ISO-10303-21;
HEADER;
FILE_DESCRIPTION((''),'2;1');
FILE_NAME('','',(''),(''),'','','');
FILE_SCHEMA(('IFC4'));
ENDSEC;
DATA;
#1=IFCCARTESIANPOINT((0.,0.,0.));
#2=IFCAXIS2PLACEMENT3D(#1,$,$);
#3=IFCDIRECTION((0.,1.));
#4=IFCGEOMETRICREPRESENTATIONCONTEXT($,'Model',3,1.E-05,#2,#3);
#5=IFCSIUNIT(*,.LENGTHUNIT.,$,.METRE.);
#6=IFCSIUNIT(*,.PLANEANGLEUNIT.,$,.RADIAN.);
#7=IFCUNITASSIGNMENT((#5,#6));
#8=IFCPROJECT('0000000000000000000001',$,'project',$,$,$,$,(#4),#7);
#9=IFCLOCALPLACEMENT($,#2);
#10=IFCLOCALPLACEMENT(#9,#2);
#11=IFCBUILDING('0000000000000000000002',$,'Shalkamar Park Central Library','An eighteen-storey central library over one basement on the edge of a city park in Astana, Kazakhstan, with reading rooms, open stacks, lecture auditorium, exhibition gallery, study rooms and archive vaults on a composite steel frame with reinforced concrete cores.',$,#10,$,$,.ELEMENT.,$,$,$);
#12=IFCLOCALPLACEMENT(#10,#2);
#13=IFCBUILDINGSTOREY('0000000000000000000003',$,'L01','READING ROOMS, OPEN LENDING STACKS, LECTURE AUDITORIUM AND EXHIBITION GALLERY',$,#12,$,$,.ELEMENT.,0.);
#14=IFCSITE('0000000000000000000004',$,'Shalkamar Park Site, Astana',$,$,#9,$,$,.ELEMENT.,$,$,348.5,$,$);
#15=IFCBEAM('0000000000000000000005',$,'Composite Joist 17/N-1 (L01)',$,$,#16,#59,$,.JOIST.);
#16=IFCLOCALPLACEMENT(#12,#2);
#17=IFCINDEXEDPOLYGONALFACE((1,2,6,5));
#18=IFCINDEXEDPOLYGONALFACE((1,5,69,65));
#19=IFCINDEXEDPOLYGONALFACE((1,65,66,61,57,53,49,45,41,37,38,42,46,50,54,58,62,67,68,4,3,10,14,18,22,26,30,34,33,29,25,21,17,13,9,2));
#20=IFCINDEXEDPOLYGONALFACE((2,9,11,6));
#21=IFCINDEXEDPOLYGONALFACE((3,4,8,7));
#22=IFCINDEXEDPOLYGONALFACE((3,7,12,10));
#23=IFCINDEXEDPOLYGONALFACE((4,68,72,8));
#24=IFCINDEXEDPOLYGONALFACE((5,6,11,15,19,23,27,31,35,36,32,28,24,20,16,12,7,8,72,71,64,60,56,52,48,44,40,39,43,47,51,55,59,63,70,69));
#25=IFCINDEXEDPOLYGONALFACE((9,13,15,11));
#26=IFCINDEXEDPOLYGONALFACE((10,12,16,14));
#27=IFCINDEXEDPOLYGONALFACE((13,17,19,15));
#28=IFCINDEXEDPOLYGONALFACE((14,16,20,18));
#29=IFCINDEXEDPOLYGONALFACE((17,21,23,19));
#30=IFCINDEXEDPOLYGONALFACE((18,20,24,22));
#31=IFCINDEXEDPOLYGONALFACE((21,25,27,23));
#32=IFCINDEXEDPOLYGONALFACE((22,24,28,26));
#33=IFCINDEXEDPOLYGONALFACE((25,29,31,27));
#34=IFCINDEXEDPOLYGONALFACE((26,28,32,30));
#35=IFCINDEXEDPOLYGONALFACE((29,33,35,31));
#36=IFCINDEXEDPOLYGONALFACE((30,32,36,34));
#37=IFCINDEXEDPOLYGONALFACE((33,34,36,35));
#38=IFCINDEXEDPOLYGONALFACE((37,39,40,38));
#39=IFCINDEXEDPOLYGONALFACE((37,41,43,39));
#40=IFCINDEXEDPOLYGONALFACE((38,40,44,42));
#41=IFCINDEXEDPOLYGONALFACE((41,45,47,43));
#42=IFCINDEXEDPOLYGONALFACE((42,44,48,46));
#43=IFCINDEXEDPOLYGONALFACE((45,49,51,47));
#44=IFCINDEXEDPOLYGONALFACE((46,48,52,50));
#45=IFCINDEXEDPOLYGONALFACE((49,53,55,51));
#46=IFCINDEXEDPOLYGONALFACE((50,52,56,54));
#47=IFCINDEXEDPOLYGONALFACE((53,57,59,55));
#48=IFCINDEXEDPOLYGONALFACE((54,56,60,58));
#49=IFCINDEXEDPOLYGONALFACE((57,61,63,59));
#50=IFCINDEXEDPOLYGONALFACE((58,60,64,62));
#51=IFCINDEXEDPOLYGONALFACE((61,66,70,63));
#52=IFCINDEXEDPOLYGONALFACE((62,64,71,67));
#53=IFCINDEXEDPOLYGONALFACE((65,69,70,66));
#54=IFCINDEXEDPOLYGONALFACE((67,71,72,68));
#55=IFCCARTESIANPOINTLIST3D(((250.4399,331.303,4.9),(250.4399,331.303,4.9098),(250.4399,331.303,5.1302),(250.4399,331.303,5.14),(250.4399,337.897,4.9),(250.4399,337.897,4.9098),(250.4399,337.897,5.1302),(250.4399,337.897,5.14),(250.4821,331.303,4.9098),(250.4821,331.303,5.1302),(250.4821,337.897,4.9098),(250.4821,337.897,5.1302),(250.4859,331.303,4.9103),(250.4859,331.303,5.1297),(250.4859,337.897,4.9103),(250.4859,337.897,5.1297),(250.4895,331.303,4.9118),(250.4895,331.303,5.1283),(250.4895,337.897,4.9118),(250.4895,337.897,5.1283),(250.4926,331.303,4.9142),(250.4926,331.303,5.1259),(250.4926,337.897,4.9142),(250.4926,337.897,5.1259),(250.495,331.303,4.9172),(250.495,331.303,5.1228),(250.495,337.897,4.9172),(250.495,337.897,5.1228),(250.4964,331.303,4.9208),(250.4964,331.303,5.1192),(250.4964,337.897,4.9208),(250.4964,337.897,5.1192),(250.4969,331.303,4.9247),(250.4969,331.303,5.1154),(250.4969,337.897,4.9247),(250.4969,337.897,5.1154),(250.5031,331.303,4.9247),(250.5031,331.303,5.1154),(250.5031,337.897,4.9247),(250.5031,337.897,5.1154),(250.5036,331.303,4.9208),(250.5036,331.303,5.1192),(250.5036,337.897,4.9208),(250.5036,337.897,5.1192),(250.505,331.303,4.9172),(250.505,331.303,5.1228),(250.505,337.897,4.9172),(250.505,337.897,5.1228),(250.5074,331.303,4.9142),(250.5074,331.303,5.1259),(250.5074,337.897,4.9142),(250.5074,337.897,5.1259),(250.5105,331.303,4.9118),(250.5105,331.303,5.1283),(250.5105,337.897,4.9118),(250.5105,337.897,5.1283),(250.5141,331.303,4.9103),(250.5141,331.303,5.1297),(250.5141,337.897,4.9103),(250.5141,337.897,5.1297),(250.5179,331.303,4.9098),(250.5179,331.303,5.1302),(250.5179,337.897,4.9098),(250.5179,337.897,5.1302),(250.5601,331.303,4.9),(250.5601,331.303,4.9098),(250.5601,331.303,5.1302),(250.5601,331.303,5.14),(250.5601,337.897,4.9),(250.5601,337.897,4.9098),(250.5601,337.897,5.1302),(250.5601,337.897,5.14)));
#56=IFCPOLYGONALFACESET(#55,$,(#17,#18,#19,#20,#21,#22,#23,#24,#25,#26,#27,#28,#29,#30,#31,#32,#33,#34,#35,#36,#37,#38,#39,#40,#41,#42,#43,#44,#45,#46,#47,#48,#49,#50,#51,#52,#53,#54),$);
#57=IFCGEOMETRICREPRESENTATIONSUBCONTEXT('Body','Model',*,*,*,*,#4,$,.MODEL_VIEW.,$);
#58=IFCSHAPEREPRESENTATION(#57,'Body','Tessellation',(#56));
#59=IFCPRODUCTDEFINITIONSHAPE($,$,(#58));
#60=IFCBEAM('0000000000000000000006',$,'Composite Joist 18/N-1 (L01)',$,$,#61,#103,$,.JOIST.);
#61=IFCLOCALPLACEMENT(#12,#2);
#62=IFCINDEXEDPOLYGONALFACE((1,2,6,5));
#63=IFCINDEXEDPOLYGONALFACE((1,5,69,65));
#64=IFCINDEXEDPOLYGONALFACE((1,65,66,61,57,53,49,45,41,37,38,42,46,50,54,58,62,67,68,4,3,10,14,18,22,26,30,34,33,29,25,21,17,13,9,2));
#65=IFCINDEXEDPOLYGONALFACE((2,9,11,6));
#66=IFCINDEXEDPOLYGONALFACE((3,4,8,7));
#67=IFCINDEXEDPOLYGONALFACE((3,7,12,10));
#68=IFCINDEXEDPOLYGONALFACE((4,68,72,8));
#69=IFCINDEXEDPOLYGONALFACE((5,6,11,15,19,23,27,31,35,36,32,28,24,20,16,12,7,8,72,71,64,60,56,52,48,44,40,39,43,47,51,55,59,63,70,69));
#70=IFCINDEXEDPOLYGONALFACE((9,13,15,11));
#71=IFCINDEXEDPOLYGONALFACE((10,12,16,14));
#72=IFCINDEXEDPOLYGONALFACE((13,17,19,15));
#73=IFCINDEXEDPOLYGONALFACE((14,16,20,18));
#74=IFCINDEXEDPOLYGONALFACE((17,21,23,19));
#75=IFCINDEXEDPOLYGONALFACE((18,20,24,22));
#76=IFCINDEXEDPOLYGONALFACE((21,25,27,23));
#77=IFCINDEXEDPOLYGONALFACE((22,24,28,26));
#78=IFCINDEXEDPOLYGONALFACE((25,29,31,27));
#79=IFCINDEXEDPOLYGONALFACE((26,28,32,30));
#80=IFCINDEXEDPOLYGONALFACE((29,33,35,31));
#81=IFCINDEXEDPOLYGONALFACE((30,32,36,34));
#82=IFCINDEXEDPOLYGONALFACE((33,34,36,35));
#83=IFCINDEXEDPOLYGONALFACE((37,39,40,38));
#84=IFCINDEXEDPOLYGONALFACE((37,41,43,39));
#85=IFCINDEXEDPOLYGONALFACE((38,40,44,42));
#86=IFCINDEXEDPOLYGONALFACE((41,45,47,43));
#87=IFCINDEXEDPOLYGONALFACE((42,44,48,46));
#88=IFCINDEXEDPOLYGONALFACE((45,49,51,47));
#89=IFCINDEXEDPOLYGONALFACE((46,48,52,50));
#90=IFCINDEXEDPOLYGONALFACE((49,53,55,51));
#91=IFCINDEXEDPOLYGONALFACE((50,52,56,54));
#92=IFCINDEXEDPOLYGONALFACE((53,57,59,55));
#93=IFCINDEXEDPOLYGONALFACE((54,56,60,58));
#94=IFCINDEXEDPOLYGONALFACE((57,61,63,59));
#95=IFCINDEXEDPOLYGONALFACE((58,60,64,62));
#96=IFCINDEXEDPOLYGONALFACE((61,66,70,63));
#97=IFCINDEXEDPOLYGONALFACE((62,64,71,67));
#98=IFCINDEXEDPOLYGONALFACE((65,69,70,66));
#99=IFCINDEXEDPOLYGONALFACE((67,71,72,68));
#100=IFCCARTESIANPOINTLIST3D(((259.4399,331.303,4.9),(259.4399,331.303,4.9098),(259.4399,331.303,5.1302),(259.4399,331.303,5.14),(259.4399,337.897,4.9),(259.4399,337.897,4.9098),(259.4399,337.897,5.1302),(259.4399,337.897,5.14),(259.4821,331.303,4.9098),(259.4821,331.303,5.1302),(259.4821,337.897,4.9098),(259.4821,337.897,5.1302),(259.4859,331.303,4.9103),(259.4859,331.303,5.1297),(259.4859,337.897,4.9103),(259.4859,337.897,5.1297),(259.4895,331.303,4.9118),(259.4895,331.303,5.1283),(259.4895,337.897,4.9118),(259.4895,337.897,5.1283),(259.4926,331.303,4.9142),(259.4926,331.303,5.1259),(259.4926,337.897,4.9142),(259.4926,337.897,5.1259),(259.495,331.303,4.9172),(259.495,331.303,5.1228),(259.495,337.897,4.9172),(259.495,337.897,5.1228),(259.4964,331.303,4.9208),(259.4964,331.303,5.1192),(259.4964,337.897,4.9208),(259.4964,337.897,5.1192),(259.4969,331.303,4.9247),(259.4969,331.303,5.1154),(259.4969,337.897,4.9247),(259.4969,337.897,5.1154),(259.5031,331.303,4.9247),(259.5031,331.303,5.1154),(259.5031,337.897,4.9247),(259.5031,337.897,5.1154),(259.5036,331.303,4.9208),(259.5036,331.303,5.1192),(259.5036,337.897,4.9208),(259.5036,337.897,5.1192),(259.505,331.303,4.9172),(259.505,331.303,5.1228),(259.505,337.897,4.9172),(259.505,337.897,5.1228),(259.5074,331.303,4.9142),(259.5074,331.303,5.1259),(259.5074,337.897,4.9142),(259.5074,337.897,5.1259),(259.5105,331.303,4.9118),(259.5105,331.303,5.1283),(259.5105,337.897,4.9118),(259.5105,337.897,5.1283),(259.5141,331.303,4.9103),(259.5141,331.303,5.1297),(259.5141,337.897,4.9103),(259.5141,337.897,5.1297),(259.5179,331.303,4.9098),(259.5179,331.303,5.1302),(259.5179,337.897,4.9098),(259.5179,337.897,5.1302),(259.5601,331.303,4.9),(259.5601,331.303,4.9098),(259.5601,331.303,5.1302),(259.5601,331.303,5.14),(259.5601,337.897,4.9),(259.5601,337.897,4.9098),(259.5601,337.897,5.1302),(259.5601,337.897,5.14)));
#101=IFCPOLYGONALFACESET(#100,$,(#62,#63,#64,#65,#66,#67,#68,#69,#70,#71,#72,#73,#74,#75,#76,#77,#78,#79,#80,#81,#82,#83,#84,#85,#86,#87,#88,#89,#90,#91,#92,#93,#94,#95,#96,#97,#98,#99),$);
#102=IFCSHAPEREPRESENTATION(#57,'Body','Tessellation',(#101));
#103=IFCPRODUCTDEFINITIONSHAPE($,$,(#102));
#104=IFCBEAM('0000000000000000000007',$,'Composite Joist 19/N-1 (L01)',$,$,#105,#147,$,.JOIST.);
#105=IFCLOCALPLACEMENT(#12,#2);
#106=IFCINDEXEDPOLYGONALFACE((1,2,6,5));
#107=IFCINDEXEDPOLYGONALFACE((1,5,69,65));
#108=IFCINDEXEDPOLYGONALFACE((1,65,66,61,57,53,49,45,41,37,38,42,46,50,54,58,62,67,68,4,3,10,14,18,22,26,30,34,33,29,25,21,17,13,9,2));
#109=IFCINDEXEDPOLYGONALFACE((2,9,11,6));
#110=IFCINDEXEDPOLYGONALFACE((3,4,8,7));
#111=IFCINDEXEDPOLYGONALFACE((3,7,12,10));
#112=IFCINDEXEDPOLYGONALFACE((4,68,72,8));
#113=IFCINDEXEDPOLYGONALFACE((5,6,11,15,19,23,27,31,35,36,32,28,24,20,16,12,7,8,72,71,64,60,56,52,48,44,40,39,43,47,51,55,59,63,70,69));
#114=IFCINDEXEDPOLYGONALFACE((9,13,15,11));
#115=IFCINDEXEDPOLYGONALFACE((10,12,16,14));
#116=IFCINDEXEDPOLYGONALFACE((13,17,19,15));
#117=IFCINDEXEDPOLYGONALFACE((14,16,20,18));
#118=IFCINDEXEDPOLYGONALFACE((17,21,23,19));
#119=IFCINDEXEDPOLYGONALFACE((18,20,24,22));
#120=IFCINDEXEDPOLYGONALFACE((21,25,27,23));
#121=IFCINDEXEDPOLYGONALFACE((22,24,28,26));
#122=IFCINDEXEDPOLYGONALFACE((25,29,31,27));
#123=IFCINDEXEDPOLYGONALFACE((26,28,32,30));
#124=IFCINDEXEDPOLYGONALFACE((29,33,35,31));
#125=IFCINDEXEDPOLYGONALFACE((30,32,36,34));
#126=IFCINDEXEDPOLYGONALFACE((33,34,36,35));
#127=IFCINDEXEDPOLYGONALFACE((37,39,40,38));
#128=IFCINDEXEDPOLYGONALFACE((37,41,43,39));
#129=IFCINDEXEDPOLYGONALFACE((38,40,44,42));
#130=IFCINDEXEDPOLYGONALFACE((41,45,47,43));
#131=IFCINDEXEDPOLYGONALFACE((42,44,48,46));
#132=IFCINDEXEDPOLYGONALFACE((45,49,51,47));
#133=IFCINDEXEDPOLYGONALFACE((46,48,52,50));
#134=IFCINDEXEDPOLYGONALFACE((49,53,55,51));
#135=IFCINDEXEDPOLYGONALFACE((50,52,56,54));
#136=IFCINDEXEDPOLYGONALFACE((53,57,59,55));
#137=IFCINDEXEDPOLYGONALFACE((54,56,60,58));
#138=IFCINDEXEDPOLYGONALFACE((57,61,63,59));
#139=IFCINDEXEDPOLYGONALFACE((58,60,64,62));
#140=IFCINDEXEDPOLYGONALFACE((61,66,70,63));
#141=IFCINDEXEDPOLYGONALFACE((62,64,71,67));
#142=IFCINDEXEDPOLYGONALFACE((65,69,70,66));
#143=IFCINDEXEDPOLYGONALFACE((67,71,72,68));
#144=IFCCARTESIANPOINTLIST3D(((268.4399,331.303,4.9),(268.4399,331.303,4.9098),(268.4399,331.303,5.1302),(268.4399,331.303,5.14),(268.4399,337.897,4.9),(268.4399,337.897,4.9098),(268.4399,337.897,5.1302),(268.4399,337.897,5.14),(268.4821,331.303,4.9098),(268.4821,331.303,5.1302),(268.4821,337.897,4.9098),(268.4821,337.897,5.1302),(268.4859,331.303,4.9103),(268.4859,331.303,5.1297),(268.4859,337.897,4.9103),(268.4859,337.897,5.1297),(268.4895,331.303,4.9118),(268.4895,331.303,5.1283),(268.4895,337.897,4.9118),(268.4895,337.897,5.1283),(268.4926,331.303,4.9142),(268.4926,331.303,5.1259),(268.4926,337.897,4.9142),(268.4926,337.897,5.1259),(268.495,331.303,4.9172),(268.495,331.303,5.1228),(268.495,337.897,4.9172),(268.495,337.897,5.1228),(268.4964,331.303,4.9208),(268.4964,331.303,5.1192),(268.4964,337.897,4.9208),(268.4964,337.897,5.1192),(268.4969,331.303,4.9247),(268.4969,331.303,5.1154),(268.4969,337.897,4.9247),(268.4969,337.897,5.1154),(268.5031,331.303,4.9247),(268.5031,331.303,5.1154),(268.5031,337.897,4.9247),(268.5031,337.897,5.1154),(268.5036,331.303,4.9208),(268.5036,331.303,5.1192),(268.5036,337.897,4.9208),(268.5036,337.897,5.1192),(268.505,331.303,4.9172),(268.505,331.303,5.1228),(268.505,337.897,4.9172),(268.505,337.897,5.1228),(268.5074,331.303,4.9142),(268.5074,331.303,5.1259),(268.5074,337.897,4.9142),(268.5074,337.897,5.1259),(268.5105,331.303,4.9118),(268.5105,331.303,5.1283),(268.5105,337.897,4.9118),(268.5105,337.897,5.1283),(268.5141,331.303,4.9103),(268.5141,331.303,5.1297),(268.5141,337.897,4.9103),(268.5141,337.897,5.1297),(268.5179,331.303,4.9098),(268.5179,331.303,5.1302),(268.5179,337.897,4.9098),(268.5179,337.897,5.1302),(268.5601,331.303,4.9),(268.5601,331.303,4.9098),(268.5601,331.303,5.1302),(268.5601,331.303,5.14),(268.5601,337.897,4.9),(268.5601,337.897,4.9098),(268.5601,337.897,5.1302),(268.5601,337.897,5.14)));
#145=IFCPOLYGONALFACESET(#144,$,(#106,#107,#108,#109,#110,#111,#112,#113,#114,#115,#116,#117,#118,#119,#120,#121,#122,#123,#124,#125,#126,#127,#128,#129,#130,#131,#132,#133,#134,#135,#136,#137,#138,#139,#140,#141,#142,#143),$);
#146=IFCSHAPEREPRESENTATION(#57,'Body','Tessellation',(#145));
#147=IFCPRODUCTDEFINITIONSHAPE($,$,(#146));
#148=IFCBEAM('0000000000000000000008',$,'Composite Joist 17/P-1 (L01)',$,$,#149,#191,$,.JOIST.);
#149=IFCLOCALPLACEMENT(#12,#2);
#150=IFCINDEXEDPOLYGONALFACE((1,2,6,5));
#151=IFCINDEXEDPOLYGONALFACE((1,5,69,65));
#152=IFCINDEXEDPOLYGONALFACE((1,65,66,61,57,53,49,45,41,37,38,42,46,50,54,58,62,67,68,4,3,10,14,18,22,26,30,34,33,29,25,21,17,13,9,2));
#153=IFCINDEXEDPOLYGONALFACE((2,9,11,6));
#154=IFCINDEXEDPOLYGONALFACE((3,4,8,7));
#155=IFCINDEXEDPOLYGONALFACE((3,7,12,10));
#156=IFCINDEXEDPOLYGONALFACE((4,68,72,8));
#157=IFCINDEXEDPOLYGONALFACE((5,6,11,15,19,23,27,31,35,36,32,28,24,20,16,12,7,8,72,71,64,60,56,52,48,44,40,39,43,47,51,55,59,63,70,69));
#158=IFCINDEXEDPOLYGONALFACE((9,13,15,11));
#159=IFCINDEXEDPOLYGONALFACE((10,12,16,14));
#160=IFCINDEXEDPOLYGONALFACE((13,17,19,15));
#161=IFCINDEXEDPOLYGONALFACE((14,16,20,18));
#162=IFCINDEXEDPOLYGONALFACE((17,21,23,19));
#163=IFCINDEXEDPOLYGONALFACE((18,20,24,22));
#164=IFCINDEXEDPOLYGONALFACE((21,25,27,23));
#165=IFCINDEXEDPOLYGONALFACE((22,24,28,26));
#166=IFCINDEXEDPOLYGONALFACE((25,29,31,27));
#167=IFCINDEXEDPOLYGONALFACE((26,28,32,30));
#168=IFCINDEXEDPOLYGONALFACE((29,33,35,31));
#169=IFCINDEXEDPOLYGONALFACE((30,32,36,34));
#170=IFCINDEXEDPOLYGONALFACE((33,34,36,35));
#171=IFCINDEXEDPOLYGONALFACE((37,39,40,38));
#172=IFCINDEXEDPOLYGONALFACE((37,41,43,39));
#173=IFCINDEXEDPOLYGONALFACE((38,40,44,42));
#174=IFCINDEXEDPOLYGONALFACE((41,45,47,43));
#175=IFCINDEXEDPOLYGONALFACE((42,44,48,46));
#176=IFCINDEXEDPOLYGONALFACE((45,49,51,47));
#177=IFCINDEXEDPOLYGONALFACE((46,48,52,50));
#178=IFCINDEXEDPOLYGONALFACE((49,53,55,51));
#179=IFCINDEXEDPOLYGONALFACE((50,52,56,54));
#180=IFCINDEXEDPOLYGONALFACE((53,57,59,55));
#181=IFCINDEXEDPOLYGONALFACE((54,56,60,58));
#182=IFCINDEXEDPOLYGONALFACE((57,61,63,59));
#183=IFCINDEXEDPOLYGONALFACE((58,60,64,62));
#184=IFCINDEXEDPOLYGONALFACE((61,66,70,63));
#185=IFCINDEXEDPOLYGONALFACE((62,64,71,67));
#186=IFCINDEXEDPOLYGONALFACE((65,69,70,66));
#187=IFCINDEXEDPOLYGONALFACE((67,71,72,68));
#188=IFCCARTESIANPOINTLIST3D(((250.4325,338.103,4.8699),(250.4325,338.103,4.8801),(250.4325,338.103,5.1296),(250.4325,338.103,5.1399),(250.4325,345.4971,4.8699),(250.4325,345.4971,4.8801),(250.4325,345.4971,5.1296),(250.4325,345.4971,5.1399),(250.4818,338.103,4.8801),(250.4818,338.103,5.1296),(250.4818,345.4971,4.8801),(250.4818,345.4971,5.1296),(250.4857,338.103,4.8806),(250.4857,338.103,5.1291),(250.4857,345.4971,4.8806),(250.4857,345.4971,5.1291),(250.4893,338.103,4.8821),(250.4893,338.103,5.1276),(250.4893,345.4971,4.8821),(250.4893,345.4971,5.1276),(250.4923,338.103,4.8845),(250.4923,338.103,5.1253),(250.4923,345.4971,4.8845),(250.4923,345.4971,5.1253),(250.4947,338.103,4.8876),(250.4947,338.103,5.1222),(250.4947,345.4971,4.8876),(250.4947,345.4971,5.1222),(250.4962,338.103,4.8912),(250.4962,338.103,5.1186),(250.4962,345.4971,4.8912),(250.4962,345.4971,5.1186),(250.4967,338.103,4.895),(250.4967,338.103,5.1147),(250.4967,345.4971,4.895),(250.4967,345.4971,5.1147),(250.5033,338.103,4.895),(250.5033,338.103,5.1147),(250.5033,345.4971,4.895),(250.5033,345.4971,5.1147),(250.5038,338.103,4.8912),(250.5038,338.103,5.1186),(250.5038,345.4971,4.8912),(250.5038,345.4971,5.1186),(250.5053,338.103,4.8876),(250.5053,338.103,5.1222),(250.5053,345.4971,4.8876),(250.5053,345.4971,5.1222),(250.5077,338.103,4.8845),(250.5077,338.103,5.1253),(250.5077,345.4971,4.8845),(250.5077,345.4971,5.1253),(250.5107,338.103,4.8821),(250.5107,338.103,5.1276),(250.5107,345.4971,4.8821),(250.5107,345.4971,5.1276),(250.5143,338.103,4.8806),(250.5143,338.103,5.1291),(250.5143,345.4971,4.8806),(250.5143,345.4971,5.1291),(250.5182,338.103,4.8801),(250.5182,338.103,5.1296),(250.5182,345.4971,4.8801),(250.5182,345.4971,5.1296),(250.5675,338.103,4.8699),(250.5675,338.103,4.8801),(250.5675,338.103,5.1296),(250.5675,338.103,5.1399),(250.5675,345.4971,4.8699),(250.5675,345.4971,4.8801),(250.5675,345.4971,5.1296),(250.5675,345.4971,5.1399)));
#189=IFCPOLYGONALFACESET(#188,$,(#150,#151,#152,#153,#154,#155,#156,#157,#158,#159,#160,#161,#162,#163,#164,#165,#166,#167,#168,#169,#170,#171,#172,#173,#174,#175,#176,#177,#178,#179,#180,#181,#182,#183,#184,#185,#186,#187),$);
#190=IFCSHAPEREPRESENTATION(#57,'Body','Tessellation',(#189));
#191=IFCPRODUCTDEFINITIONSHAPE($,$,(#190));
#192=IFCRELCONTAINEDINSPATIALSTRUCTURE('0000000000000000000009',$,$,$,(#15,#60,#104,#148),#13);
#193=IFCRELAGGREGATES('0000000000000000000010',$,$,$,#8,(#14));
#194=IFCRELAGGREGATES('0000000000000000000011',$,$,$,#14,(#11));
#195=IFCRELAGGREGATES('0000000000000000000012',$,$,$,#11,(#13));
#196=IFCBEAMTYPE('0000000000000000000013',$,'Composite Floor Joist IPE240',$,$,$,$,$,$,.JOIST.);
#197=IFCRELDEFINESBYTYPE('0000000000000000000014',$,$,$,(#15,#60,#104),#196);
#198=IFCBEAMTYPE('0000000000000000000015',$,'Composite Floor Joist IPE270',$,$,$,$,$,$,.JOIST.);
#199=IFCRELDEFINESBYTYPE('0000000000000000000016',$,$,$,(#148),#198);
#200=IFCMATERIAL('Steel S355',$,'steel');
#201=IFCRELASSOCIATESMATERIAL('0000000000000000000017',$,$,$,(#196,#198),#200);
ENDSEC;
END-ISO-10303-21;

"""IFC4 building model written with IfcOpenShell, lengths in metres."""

from ifc_helpers import new_model, si_unit, direction, frame, origin, origin_2d, place, context, subcontext, project, spatial, i_section, extrude, material, material_profile, profile_set, type_object, element, save


model = new_model("IFC4")

# Units and contexts
model_context = context("Model", 3, precision=1e-05, world=origin(), true_north=direction((0.0, 1.0)))
body_context = subcontext(model_context, "Body", "Model", "MODEL_VIEW")
ifc_project = project(units=[si_unit("LENGTHUNIT", "METRE"), si_unit("PLANEANGLEUNIT", "RADIAN")], contexts=[model_context])

# Site, building, storey
site_placement = place(None, origin())
site = spatial("IfcSite", under=ifc_project, at=site_placement, Name="Shalkamar Park Site, Astana", CompositionType="ELEMENT", RefElevation=348.5)
building_placement = place(site_placement, origin())
building = spatial("IfcBuilding", under=site, at=building_placement, Name="Shalkamar Park Central Library", Description="An eighteen-storey central library over one basement on the edge of a city park in Astana, Kazakhstan, with reading rooms, open stacks, lecture auditorium, exhibition gallery, study rooms and archive vaults on a composite steel frame with reinforced concrete cores.", CompositionType="ELEMENT")
storey_placement = place(building_placement, origin())
storey = spatial("IfcBuildingStorey", under=building, at=storey_placement, Name="L01", Description="READING ROOMS, OPEN LENDING STACKS, LECTURE AUDITORIUM AND EXHIBITION GALLERY", CompositionType="ELEMENT", Elevation=0.0)

# Shared definitions
ifc_material_1 = material(Name="Steel S355", Category="steel")

# Beams
ifc_material_profile_1 = material_profile(ifc_material_1, i_section(OverallWidth=0.1201, OverallDepth=0.24, WebThickness=0.0061, FlangeThickness=0.0098, FilletRadius=0.0149, at=origin_2d()), Name="IPE 240")
ifc_profile_set_1 = profile_set([ifc_material_profile_1], Name="Steel S355")
beam_type_1 = type_object("IfcBeamType", Name="Composite Floor Joist IPE240", PredefinedType="JOIST", material=ifc_profile_set_1)
for number, where, z_axis, x_axis, name in (
    (1, (250.5, 331.303, 5.02), (0.0, 1.0, 0.0), (-1.0, 0.0, 0.0), "Composite Joist 17/N-1 (L01)"),
    (2, (259.5, 331.303, 5.02), (0.0, 1.0, 0.0), (-1.0, 0.0, 0.0), "Composite Joist 18/N-1 (L01)"),
    (3, (268.5, 331.303, 5.02), (0.0, 1.0, 0.0), (-1.0, 0.0, 0.0), "Composite Joist 19/N-1 (L01)"),
):
    element("IfcBeam", number, at=place(storey_placement, frame(where, z_axis=z_axis, x_axis=x_axis)), inside=storey, type_object=beam_type_1, Name=name, PredefinedType="JOIST", context=body_context, shape_type="SweptSolid", body=[
        extrude(i_section(OverallWidth=0.1201, OverallDepth=0.24, WebThickness=0.0061, FlangeThickness=0.0098, FilletRadius=0.0149, at=origin_2d()), origin(), (0.0, 0.0, 1.0), 6.594),
    ])
ifc_material_profile_2 = material_profile(ifc_material_1, i_section(OverallWidth=0.135, OverallDepth=0.27, WebThickness=0.0066, FlangeThickness=0.0103, FilletRadius=0.0149, at=origin_2d()), Name="IPE 270")
ifc_profile_set_2 = profile_set([ifc_material_profile_2], Name="Steel S355")
beam_type_2 = type_object("IfcBeamType", Name="Composite Floor Joist IPE270", PredefinedType="JOIST", material=ifc_profile_set_2)
for number, where, z_axis, x_axis, name in (
    (4, (250.5, 338.103, 5.0049), (0.0, 1.0, 0.0), (-1.0, 0.0, 0.0), "Composite Joist 17/P-1 (L01)"),
):
    element("IfcBeam", number, at=place(storey_placement, frame(where, z_axis=z_axis, x_axis=x_axis)), inside=storey, type_object=beam_type_2, Name=name, PredefinedType="JOIST", context=body_context, shape_type="SweptSolid", body=[
        extrude(i_section(OverallWidth=0.135, OverallDepth=0.27, WebThickness=0.0066, FlangeThickness=0.0103, FilletRadius=0.0149, at=origin_2d()), origin(), (0.0, 0.0, 1.0), 7.394),
    ])

save(model, "model.ifc")
